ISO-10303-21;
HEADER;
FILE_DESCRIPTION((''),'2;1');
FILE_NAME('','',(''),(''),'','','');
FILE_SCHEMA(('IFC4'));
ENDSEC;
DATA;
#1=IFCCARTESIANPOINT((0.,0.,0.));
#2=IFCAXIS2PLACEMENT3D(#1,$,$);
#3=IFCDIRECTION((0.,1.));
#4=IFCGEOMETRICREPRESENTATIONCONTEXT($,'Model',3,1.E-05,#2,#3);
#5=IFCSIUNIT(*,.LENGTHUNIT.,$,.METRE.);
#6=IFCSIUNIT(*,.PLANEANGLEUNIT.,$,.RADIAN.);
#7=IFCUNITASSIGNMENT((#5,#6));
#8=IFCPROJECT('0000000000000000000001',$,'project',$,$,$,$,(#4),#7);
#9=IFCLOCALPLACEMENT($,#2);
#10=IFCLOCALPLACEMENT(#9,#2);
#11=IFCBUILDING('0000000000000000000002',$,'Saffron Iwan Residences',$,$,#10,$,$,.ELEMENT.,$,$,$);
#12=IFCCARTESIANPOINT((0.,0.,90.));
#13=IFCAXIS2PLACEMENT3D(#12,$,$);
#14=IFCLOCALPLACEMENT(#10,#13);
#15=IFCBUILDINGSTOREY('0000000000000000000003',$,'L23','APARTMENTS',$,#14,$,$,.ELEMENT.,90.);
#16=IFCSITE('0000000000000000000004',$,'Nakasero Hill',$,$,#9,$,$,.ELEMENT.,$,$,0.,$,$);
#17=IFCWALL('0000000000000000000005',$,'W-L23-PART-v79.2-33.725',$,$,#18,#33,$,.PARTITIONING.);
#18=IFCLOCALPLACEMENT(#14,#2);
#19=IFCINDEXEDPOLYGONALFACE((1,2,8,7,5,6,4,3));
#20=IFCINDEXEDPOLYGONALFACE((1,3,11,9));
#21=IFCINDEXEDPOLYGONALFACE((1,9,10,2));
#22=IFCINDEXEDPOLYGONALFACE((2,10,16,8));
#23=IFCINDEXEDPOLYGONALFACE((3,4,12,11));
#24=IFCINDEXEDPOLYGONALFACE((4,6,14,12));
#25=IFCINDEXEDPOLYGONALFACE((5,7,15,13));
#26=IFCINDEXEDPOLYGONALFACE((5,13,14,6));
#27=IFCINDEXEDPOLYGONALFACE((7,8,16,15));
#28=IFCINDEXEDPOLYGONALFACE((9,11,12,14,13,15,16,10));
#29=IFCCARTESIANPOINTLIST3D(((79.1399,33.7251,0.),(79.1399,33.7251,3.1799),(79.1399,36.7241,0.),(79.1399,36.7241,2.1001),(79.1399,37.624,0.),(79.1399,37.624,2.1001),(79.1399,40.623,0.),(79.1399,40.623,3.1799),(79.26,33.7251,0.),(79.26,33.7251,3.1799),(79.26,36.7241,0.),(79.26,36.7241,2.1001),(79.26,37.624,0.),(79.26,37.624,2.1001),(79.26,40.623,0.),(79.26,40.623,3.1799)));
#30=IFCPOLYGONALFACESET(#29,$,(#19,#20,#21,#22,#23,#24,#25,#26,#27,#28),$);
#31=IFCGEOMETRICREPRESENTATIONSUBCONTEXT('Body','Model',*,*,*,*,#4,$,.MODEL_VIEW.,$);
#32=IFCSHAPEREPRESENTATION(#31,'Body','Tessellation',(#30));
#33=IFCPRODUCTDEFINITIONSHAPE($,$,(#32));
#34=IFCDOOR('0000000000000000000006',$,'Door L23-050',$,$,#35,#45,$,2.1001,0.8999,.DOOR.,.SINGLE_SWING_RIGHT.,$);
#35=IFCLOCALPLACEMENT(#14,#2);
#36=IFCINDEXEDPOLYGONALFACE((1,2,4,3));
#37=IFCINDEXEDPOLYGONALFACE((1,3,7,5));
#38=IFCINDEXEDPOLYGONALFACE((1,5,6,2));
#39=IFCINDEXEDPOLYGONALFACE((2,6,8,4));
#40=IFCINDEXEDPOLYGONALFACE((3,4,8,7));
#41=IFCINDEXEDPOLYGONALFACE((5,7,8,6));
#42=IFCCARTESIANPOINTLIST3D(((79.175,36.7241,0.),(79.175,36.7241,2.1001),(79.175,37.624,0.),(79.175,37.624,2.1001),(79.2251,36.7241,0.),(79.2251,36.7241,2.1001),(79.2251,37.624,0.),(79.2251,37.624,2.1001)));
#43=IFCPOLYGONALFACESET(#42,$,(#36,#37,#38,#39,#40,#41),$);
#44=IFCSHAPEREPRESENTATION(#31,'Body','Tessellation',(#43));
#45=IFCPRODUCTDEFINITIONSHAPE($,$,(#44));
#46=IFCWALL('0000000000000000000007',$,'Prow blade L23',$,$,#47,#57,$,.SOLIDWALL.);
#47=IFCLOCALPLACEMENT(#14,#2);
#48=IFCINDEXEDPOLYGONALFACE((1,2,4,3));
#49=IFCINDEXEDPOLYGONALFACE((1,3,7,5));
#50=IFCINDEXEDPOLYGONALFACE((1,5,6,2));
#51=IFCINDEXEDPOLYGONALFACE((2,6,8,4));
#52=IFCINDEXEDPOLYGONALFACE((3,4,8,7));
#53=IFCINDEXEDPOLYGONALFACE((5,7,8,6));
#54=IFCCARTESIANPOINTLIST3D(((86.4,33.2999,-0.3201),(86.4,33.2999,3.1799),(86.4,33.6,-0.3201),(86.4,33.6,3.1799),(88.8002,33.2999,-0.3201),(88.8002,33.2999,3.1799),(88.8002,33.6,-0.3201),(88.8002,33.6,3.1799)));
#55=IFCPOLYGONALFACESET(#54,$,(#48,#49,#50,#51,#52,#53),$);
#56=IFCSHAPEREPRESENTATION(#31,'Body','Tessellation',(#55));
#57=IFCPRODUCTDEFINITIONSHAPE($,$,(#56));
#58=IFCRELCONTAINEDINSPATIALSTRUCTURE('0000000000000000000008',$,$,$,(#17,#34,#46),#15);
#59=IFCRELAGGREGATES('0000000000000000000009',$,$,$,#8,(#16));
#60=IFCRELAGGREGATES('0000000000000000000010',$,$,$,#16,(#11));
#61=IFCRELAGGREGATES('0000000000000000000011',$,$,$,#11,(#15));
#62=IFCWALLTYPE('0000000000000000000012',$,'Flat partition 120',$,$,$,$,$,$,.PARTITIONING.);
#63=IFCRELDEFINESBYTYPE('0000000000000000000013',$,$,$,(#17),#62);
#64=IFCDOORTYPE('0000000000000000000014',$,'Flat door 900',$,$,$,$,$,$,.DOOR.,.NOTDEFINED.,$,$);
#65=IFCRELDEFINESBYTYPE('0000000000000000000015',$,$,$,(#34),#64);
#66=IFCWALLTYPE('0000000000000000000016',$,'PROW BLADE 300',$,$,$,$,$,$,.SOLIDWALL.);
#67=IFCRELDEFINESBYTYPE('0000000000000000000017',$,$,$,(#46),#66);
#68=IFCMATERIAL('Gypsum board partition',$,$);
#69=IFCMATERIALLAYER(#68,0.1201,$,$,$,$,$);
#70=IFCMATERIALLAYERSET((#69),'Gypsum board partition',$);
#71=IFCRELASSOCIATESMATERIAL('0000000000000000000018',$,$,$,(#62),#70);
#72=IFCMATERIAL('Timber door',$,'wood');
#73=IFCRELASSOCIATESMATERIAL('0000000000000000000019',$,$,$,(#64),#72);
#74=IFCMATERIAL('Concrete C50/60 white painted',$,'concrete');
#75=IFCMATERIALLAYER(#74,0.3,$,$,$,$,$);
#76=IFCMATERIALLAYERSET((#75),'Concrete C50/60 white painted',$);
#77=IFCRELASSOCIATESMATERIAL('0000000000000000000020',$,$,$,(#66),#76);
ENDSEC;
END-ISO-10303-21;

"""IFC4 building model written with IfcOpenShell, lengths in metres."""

from ifc_helpers import new_model, si_unit, direction, frame, frame_2d, origin, place, context, subcontext, project, spatial, rectangle, extrude, material, layer, layer_set, type_object, element, fill, save


model = new_model("IFC4")

# Units and contexts
model_context = context("Model", 3, precision=1e-05, world=origin(), true_north=direction((0.0, 1.0)))
body_context = subcontext(model_context, "Body", "Model", "MODEL_VIEW")
ifc_project = project(units=[si_unit("LENGTHUNIT", "METRE"), si_unit("PLANEANGLEUNIT", "RADIAN")], contexts=[model_context])

# Site, building, storey
site_placement = place(None, origin())
site = spatial("IfcSite", under=ifc_project, at=site_placement, Name="Nakasero Hill", CompositionType="ELEMENT", RefElevation=0.0)
building_placement = place(site_placement, origin())
building = spatial("IfcBuilding", under=site, at=building_placement, Name="Saffron Iwan Residences", CompositionType="ELEMENT")
storey_placement = place(building_placement, frame((0.0, 0.0, 90.0)))
storey = spatial("IfcBuildingStorey", under=building, at=storey_placement, Name="L23", Description="APARTMENTS", CompositionType="ELEMENT", Elevation=90.0)

# Shared definitions
ifc_material_1 = material(Name="Concrete C50/60 white painted", Category="concrete")

# Shared definitions
ifc_material_2 = material(Name="Gypsum board partition")
ifc_layer_1 = layer(ifc_material_2, 0.1201)
ifc_layer_set_1 = layer_set([ifc_layer_1], Name="Gypsum board partition")
wall_type_1 = type_object("IfcWallType", Name="Flat partition 120", PredefinedType="PARTITIONING", material=ifc_layer_set_1)
ifc_material_3 = material(Name="Timber door", Category="wood")
door_type = type_object("IfcDoorType", Name="Flat door 900", OperationType="NOTDEFINED", PredefinedType="DOOR", material=ifc_material_3)

# Wall, opening, door
wall_1_placement = place(storey_placement, frame((79.2, 33.7251, 0.0), z_axis=(0.0, 0.0, 1.0), x_axis=(0.0, 1.0, 0.0)))
wall_1 = element("IfcWall", 1, at=wall_1_placement, inside=storey, type_object=wall_type_1, Name="W-L23-PART-v79.2-33.725", PredefinedType="PARTITIONING", context=body_context, shape_type="SweptSolid", body=[
    extrude(rectangle(XDim=6.8979, YDim=0.1201, at=frame_2d((3.449, 0.0))), origin(), (0.0, 0.0, 1.0), 3.1799),
])
opening_1_placement = place(wall_1_placement, frame((2.999, 0.0, 0.0)))
opening_1 = element("IfcOpeningElement", 2, at=opening_1_placement, cuts=wall_1, PredefinedType="OPENING", context=body_context, shape_type="SweptSolid", body=[
    extrude(rectangle(XDim=0.8999, YDim=2.1001, at=frame_2d((0.45, 1.05))), frame((0.0, 0.0701, 0.0), z_axis=(0.0, -1.0, 0.0), x_axis=(1.0, 0.0, 0.0)), (0.0, 0.0, 1.0), 0.1401),
])
door_1_placement = place(opening_1_placement, origin())
door_1 = element("IfcDoor", 3, at=door_1_placement, inside=storey, type_object=door_type, Name="Door L23-050", OperationType="SINGLE_SWING_RIGHT", OverallHeight=2.1001, OverallWidth=0.8999, PredefinedType="DOOR", context=body_context, shape_type="SweptSolid", body=[
    extrude(rectangle(XDim=0.8999, YDim=2.1001, at=frame_2d((0.45, 1.05))), frame((0.0, 0.0249, 0.0), z_axis=(0.0, -1.0, 0.0), x_axis=(1.0, 0.0, 0.0)), (0.0, 0.0, 1.0), 0.05),
])
fill(opening_1, door_1)

# Wall
ifc_layer_2 = layer(ifc_material_1, 0.3)
ifc_layer_set_2 = layer_set([ifc_layer_2], Name="Concrete C50/60 white painted")
wall_type_2 = type_object("IfcWallType", Name="PROW BLADE 300", PredefinedType="SOLIDWALL", material=ifc_layer_set_2)
wall_2_placement = place(storey_placement, frame((86.3999, 33.45, -0.3201), z_axis=(0.0, 0.0, 1.0), x_axis=(1.0, 0.0, 0.0)))
element("IfcWall", 4, at=wall_2_placement, inside=storey, type_object=wall_type_2, Name="Prow blade L23", PredefinedType="SOLIDWALL", context=body_context, shape_type="SweptSolid", body=[
    extrude(rectangle(XDim=2.4001, YDim=0.3, at=frame_2d((1.2002, 0.0))), origin(), (0.0, 0.0, 1.0), 3.5),
])

save(model, "model.ifc")
